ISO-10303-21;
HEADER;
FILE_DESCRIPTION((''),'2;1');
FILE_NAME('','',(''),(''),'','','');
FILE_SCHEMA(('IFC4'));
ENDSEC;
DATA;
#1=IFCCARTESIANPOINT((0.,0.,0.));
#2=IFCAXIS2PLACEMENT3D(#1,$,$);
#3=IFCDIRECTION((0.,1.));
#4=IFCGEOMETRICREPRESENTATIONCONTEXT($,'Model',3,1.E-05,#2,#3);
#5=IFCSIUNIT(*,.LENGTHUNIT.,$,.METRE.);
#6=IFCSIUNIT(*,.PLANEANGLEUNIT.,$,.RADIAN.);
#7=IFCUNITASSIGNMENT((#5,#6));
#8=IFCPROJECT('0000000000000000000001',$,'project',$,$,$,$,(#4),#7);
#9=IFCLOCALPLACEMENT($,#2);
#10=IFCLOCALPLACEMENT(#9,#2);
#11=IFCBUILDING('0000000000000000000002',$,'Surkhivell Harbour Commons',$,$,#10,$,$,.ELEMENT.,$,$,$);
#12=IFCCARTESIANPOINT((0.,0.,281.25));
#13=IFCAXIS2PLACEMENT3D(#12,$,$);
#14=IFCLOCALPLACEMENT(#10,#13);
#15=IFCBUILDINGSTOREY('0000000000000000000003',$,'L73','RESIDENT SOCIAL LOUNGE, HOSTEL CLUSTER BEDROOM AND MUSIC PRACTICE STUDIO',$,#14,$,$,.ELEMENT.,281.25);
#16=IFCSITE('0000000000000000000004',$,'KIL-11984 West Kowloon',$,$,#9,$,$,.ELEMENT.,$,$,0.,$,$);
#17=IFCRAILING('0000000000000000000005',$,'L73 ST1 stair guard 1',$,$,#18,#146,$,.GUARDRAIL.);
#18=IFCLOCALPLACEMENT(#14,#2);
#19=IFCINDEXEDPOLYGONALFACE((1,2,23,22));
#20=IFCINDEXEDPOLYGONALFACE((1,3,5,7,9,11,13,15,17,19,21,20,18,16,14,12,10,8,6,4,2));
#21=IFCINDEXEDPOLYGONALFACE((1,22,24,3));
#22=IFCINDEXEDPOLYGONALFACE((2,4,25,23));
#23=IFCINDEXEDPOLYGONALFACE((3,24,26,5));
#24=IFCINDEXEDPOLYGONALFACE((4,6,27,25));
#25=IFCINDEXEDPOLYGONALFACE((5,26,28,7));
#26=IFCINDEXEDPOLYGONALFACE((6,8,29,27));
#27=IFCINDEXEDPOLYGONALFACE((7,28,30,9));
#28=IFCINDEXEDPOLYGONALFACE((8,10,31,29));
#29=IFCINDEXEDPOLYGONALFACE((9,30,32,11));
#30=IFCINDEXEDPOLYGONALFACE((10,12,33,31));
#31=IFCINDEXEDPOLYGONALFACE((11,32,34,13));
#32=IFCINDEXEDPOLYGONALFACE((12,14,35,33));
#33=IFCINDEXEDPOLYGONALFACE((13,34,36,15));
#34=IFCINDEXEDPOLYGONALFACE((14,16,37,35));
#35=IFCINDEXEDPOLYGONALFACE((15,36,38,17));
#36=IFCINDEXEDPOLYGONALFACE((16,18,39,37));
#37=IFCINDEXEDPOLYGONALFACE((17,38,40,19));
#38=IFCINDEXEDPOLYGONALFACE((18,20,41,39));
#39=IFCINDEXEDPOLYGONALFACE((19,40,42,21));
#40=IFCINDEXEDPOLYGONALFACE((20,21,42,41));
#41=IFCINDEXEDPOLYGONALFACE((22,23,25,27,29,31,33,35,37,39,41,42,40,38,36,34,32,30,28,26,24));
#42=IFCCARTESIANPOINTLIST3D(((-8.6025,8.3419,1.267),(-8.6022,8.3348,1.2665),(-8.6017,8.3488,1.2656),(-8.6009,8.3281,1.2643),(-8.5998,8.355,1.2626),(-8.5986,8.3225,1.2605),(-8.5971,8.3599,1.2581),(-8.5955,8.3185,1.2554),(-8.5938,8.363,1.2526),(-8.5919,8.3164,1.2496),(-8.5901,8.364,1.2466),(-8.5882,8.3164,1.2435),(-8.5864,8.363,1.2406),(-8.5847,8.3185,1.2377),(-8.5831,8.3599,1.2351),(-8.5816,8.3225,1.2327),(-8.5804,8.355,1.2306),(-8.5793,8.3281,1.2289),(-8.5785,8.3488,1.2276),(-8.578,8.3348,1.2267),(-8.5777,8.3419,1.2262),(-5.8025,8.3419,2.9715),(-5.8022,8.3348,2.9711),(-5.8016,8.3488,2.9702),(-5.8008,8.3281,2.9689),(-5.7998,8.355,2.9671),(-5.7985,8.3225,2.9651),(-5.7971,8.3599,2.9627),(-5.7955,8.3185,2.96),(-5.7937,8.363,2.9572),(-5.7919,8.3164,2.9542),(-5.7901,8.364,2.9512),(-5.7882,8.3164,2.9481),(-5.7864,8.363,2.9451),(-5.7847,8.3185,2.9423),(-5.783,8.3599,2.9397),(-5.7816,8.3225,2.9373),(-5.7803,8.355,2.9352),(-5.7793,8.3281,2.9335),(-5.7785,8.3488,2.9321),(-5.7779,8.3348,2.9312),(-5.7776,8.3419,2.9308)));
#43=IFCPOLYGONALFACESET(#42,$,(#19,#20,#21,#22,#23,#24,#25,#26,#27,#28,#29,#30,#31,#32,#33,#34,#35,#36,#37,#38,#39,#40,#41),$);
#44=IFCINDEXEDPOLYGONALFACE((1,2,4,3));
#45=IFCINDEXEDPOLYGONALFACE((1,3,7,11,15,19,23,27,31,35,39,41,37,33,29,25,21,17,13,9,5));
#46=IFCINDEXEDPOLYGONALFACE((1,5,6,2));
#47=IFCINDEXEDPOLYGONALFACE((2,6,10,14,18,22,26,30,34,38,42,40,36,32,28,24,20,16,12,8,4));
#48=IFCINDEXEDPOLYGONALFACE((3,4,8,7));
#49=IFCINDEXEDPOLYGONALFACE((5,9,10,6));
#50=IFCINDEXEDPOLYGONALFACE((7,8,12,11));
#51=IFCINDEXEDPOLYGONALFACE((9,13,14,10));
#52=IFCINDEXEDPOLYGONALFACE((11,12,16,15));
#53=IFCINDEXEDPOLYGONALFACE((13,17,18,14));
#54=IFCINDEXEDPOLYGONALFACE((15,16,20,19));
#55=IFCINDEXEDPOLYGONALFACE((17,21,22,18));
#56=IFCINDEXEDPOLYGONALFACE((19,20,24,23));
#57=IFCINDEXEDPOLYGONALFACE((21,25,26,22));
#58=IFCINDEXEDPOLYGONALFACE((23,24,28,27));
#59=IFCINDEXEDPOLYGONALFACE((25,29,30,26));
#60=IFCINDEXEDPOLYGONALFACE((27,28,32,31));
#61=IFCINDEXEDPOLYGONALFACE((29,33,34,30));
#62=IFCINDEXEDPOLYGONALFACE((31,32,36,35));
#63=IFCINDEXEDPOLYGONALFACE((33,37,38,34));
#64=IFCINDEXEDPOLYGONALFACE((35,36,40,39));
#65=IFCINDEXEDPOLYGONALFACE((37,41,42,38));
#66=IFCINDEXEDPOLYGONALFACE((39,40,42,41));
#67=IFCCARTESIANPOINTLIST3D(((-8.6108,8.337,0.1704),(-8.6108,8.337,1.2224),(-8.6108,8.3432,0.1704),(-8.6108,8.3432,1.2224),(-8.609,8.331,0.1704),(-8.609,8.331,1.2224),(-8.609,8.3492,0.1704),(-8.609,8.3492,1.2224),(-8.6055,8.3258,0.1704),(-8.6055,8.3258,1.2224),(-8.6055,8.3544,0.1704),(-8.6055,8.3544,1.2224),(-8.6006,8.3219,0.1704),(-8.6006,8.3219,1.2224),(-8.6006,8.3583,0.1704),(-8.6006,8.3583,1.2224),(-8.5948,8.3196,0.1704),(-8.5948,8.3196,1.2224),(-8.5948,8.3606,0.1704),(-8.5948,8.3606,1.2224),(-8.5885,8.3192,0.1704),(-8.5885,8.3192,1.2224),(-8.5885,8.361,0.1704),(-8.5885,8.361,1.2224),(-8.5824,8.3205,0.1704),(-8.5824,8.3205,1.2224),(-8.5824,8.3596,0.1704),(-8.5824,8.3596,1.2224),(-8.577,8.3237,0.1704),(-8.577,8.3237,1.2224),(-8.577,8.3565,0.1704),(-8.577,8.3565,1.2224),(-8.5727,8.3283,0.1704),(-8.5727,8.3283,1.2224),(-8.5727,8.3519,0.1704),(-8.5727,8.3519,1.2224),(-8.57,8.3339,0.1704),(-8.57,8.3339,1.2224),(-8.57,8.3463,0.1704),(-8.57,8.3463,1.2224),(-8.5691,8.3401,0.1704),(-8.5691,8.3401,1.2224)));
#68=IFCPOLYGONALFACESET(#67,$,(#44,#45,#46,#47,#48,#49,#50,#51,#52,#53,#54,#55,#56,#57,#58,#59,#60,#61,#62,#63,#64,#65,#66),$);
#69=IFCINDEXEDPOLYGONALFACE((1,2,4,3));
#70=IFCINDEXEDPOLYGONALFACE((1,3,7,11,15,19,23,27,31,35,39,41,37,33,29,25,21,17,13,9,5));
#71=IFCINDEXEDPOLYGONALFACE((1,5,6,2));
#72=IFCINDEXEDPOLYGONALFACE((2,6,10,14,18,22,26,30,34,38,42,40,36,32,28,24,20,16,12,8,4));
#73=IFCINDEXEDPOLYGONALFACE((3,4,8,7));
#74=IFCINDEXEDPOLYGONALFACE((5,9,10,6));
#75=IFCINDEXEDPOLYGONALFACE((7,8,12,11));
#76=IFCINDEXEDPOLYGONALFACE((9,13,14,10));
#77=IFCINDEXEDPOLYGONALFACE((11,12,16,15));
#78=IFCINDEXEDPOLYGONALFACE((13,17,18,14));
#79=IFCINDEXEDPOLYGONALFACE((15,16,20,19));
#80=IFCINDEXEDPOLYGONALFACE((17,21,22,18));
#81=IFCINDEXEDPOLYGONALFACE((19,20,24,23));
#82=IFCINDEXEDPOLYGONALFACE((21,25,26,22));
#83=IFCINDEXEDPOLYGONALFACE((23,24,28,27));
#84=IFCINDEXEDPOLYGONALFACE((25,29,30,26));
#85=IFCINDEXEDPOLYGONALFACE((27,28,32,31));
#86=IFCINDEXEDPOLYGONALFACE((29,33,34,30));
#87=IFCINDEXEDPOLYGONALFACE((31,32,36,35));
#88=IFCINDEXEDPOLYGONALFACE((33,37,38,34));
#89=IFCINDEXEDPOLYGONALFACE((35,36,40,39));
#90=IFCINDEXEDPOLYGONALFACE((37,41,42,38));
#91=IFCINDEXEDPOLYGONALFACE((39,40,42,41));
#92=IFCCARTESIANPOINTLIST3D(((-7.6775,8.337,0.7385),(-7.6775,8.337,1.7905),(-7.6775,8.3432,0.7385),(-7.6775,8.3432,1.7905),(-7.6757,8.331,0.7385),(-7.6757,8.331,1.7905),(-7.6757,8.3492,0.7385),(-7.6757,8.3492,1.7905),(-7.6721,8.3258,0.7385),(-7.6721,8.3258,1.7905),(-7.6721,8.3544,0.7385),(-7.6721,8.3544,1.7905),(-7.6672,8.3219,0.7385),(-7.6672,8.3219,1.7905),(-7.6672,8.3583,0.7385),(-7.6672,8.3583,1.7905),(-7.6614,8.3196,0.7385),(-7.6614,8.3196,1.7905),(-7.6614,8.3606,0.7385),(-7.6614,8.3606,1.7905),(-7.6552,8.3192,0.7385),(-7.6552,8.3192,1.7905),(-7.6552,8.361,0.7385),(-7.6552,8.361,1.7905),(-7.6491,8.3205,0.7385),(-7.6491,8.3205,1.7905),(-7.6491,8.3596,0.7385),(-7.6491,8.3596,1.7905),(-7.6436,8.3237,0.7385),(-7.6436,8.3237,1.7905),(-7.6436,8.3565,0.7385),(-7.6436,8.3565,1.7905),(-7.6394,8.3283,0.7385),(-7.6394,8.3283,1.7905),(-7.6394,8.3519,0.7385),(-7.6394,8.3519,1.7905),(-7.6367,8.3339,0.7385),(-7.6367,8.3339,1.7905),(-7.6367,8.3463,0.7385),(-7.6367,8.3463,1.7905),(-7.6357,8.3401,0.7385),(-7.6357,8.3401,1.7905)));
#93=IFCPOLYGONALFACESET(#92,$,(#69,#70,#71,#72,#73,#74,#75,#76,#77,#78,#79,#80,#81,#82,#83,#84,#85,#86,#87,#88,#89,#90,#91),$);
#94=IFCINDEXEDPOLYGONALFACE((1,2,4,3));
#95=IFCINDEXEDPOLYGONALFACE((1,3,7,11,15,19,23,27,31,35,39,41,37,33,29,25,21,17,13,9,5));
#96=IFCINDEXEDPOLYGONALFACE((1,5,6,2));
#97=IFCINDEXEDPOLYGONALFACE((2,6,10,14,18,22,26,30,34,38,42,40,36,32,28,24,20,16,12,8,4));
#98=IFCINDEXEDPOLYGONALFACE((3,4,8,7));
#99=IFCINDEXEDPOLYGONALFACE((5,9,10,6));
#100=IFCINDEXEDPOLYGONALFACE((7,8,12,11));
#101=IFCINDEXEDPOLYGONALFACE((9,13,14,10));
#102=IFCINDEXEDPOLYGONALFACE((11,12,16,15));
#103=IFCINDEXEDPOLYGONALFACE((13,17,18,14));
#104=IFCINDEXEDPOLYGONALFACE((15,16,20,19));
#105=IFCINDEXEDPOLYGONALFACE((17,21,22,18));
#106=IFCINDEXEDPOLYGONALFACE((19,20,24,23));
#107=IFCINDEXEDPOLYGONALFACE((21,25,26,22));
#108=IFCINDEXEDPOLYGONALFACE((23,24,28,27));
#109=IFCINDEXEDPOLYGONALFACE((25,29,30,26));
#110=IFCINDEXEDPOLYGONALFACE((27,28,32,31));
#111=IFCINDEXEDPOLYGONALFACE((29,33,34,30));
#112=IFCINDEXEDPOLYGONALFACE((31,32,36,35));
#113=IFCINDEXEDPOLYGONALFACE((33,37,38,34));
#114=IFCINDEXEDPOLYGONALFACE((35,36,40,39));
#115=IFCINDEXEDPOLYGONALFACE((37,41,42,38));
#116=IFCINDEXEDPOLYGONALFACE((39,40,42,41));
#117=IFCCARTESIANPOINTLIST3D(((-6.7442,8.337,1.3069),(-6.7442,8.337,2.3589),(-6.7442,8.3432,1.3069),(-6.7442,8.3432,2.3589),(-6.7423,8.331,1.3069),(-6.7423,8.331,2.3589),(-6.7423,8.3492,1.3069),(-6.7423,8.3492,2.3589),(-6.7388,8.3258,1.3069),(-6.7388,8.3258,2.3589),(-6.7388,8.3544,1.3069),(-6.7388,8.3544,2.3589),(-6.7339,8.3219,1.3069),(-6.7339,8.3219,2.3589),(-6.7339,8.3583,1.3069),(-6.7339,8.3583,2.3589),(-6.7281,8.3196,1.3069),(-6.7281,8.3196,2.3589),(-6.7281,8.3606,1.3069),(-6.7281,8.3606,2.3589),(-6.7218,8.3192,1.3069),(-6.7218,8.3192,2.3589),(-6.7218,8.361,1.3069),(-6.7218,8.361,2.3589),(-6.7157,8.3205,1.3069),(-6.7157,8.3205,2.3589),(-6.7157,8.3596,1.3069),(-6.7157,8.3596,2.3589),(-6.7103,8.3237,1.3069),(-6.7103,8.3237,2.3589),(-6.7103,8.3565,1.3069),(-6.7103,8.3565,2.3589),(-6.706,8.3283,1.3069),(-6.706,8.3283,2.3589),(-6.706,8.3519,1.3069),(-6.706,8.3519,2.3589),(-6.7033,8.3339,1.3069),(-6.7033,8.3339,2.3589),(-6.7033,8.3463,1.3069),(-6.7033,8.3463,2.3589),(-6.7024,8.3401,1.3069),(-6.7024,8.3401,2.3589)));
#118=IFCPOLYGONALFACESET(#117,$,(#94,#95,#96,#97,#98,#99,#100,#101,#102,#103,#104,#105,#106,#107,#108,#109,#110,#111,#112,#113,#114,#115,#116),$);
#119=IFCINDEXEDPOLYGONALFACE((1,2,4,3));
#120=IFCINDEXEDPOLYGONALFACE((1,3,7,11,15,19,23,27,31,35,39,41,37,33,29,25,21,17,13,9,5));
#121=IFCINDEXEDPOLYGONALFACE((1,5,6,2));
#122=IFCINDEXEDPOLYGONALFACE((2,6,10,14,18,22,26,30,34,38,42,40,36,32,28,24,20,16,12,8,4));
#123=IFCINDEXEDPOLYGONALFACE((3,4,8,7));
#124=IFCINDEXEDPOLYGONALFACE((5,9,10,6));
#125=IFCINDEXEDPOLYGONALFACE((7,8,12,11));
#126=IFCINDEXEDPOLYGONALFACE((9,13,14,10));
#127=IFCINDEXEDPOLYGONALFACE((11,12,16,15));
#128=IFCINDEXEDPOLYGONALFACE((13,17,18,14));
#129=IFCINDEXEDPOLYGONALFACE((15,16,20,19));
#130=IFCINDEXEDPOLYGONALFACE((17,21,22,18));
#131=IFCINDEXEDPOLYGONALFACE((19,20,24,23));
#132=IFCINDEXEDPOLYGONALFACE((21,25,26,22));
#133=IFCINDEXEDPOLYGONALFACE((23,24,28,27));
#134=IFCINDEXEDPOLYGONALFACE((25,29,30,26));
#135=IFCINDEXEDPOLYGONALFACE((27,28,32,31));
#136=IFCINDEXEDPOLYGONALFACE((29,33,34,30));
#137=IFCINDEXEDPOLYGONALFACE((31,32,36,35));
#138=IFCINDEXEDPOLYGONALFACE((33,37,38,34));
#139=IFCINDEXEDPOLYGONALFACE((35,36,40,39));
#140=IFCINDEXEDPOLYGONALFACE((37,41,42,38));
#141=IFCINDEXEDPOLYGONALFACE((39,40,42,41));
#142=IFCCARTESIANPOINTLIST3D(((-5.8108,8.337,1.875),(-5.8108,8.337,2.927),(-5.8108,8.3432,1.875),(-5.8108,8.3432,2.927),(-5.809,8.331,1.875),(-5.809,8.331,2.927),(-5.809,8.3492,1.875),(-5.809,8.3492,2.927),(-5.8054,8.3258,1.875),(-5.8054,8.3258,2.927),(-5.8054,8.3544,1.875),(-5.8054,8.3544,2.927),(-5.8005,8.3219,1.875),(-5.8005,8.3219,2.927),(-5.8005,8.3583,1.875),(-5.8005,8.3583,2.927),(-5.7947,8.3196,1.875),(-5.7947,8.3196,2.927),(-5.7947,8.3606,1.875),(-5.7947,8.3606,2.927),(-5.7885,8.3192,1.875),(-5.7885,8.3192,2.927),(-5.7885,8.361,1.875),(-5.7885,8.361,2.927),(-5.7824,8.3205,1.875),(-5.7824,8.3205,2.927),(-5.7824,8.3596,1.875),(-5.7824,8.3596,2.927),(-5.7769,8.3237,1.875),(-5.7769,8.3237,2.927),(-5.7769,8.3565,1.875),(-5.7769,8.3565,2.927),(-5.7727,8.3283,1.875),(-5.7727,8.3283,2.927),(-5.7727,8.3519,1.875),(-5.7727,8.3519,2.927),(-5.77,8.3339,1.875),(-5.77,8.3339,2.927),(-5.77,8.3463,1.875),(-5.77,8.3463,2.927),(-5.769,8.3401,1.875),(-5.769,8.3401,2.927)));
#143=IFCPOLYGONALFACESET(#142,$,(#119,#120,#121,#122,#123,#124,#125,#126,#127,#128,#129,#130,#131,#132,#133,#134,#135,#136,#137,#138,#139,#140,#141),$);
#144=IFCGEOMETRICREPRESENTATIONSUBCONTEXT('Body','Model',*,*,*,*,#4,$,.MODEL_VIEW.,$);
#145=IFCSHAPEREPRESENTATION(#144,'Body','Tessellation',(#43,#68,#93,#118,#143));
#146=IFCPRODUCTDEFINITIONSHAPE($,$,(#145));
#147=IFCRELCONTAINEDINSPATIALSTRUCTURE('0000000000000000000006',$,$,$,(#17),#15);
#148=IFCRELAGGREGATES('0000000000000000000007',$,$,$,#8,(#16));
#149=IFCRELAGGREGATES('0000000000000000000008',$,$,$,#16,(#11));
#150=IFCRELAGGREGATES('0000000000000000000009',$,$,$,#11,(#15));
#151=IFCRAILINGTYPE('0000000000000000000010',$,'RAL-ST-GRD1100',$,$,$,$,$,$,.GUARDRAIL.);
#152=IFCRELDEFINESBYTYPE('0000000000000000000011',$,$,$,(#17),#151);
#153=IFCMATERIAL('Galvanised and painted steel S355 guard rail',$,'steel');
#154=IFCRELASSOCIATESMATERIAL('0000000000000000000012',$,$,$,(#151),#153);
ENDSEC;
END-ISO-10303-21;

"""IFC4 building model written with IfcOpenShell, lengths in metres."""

from ifc_helpers import new_model, si_unit, direction, frame, origin, origin_2d, place, context, subcontext, project, spatial, circle, extrude, material, type_object, element, save


model = new_model("IFC4")

# Units and contexts
model_context = context("Model", 3, precision=1e-05, world=origin(), true_north=direction((0.0, 1.0)))
body_context = subcontext(model_context, "Body", "Model", "MODEL_VIEW")
ifc_project = project(units=[si_unit("LENGTHUNIT", "METRE"), si_unit("PLANEANGLEUNIT", "RADIAN")], contexts=[model_context])

# Site, building, storey
site_placement = place(None, origin())
site = spatial("IfcSite", under=ifc_project, at=site_placement, Name="KIL-11984 West Kowloon", CompositionType="ELEMENT", RefElevation=0.0)
building_placement = place(site_placement, origin())
building = spatial("IfcBuilding", under=site, at=building_placement, Name="Surkhivell Harbour Commons", CompositionType="ELEMENT")
storey_placement = place(building_placement, frame((0.0, 0.0, 281.25)))
storey = spatial("IfcBuildingStorey", under=building, at=storey_placement, Name="L73", Description="RESIDENT SOCIAL LOUNGE, HOSTEL CLUSTER BEDROOM AND MUSIC PRACTICE STUDIO", CompositionType="ELEMENT", Elevation=281.25)

# Railing
ifc_material_1 = material(Name="Galvanised and painted steel S355 guard rail", Category="steel")
railing_type_1 = type_object("IfcRailingType", Name="RAL-ST-GRD1100", PredefinedType="GUARDRAIL", material=ifc_material_1)
railing_1_placement = place(storey_placement, frame((-8.5901, 8.3401, 0.1704)))
element("IfcRailing", 1, at=railing_1_placement, inside=storey, type_object=railing_type_1, Name="L73 ST1 stair guard 1", PredefinedType="GUARDRAIL", context=body_context, shape_type="SweptSolid", body=[
    extrude(circle(Radius=0.0239, at=origin_2d()), frame((0.0, 0.0, 1.0762), z_axis=(0.85417, 0.0, 0.519994), x_axis=(0.0, 1.0, 0.0)), (0.0, 0.0, 1.0), 3.2781),
    extrude(circle(Radius=0.021, at=origin_2d()), origin(), (0.0, 0.0, 1.0), 1.052),
    extrude(circle(Radius=0.021, at=origin_2d()), frame((0.9333, 0.0, 0.5681)), (0.0, 0.0, 1.0), 1.052),
    extrude(circle(Radius=0.021, at=origin_2d()), frame((1.8667, 0.0, 1.1365)), (0.0, 0.0, 1.0), 1.052),
    extrude(circle(Radius=0.021, at=origin_2d()), frame((2.8, 0.0, 1.7046)), (0.0, 0.0, 1.0), 1.052),
])

save(model, "model.ifc")
